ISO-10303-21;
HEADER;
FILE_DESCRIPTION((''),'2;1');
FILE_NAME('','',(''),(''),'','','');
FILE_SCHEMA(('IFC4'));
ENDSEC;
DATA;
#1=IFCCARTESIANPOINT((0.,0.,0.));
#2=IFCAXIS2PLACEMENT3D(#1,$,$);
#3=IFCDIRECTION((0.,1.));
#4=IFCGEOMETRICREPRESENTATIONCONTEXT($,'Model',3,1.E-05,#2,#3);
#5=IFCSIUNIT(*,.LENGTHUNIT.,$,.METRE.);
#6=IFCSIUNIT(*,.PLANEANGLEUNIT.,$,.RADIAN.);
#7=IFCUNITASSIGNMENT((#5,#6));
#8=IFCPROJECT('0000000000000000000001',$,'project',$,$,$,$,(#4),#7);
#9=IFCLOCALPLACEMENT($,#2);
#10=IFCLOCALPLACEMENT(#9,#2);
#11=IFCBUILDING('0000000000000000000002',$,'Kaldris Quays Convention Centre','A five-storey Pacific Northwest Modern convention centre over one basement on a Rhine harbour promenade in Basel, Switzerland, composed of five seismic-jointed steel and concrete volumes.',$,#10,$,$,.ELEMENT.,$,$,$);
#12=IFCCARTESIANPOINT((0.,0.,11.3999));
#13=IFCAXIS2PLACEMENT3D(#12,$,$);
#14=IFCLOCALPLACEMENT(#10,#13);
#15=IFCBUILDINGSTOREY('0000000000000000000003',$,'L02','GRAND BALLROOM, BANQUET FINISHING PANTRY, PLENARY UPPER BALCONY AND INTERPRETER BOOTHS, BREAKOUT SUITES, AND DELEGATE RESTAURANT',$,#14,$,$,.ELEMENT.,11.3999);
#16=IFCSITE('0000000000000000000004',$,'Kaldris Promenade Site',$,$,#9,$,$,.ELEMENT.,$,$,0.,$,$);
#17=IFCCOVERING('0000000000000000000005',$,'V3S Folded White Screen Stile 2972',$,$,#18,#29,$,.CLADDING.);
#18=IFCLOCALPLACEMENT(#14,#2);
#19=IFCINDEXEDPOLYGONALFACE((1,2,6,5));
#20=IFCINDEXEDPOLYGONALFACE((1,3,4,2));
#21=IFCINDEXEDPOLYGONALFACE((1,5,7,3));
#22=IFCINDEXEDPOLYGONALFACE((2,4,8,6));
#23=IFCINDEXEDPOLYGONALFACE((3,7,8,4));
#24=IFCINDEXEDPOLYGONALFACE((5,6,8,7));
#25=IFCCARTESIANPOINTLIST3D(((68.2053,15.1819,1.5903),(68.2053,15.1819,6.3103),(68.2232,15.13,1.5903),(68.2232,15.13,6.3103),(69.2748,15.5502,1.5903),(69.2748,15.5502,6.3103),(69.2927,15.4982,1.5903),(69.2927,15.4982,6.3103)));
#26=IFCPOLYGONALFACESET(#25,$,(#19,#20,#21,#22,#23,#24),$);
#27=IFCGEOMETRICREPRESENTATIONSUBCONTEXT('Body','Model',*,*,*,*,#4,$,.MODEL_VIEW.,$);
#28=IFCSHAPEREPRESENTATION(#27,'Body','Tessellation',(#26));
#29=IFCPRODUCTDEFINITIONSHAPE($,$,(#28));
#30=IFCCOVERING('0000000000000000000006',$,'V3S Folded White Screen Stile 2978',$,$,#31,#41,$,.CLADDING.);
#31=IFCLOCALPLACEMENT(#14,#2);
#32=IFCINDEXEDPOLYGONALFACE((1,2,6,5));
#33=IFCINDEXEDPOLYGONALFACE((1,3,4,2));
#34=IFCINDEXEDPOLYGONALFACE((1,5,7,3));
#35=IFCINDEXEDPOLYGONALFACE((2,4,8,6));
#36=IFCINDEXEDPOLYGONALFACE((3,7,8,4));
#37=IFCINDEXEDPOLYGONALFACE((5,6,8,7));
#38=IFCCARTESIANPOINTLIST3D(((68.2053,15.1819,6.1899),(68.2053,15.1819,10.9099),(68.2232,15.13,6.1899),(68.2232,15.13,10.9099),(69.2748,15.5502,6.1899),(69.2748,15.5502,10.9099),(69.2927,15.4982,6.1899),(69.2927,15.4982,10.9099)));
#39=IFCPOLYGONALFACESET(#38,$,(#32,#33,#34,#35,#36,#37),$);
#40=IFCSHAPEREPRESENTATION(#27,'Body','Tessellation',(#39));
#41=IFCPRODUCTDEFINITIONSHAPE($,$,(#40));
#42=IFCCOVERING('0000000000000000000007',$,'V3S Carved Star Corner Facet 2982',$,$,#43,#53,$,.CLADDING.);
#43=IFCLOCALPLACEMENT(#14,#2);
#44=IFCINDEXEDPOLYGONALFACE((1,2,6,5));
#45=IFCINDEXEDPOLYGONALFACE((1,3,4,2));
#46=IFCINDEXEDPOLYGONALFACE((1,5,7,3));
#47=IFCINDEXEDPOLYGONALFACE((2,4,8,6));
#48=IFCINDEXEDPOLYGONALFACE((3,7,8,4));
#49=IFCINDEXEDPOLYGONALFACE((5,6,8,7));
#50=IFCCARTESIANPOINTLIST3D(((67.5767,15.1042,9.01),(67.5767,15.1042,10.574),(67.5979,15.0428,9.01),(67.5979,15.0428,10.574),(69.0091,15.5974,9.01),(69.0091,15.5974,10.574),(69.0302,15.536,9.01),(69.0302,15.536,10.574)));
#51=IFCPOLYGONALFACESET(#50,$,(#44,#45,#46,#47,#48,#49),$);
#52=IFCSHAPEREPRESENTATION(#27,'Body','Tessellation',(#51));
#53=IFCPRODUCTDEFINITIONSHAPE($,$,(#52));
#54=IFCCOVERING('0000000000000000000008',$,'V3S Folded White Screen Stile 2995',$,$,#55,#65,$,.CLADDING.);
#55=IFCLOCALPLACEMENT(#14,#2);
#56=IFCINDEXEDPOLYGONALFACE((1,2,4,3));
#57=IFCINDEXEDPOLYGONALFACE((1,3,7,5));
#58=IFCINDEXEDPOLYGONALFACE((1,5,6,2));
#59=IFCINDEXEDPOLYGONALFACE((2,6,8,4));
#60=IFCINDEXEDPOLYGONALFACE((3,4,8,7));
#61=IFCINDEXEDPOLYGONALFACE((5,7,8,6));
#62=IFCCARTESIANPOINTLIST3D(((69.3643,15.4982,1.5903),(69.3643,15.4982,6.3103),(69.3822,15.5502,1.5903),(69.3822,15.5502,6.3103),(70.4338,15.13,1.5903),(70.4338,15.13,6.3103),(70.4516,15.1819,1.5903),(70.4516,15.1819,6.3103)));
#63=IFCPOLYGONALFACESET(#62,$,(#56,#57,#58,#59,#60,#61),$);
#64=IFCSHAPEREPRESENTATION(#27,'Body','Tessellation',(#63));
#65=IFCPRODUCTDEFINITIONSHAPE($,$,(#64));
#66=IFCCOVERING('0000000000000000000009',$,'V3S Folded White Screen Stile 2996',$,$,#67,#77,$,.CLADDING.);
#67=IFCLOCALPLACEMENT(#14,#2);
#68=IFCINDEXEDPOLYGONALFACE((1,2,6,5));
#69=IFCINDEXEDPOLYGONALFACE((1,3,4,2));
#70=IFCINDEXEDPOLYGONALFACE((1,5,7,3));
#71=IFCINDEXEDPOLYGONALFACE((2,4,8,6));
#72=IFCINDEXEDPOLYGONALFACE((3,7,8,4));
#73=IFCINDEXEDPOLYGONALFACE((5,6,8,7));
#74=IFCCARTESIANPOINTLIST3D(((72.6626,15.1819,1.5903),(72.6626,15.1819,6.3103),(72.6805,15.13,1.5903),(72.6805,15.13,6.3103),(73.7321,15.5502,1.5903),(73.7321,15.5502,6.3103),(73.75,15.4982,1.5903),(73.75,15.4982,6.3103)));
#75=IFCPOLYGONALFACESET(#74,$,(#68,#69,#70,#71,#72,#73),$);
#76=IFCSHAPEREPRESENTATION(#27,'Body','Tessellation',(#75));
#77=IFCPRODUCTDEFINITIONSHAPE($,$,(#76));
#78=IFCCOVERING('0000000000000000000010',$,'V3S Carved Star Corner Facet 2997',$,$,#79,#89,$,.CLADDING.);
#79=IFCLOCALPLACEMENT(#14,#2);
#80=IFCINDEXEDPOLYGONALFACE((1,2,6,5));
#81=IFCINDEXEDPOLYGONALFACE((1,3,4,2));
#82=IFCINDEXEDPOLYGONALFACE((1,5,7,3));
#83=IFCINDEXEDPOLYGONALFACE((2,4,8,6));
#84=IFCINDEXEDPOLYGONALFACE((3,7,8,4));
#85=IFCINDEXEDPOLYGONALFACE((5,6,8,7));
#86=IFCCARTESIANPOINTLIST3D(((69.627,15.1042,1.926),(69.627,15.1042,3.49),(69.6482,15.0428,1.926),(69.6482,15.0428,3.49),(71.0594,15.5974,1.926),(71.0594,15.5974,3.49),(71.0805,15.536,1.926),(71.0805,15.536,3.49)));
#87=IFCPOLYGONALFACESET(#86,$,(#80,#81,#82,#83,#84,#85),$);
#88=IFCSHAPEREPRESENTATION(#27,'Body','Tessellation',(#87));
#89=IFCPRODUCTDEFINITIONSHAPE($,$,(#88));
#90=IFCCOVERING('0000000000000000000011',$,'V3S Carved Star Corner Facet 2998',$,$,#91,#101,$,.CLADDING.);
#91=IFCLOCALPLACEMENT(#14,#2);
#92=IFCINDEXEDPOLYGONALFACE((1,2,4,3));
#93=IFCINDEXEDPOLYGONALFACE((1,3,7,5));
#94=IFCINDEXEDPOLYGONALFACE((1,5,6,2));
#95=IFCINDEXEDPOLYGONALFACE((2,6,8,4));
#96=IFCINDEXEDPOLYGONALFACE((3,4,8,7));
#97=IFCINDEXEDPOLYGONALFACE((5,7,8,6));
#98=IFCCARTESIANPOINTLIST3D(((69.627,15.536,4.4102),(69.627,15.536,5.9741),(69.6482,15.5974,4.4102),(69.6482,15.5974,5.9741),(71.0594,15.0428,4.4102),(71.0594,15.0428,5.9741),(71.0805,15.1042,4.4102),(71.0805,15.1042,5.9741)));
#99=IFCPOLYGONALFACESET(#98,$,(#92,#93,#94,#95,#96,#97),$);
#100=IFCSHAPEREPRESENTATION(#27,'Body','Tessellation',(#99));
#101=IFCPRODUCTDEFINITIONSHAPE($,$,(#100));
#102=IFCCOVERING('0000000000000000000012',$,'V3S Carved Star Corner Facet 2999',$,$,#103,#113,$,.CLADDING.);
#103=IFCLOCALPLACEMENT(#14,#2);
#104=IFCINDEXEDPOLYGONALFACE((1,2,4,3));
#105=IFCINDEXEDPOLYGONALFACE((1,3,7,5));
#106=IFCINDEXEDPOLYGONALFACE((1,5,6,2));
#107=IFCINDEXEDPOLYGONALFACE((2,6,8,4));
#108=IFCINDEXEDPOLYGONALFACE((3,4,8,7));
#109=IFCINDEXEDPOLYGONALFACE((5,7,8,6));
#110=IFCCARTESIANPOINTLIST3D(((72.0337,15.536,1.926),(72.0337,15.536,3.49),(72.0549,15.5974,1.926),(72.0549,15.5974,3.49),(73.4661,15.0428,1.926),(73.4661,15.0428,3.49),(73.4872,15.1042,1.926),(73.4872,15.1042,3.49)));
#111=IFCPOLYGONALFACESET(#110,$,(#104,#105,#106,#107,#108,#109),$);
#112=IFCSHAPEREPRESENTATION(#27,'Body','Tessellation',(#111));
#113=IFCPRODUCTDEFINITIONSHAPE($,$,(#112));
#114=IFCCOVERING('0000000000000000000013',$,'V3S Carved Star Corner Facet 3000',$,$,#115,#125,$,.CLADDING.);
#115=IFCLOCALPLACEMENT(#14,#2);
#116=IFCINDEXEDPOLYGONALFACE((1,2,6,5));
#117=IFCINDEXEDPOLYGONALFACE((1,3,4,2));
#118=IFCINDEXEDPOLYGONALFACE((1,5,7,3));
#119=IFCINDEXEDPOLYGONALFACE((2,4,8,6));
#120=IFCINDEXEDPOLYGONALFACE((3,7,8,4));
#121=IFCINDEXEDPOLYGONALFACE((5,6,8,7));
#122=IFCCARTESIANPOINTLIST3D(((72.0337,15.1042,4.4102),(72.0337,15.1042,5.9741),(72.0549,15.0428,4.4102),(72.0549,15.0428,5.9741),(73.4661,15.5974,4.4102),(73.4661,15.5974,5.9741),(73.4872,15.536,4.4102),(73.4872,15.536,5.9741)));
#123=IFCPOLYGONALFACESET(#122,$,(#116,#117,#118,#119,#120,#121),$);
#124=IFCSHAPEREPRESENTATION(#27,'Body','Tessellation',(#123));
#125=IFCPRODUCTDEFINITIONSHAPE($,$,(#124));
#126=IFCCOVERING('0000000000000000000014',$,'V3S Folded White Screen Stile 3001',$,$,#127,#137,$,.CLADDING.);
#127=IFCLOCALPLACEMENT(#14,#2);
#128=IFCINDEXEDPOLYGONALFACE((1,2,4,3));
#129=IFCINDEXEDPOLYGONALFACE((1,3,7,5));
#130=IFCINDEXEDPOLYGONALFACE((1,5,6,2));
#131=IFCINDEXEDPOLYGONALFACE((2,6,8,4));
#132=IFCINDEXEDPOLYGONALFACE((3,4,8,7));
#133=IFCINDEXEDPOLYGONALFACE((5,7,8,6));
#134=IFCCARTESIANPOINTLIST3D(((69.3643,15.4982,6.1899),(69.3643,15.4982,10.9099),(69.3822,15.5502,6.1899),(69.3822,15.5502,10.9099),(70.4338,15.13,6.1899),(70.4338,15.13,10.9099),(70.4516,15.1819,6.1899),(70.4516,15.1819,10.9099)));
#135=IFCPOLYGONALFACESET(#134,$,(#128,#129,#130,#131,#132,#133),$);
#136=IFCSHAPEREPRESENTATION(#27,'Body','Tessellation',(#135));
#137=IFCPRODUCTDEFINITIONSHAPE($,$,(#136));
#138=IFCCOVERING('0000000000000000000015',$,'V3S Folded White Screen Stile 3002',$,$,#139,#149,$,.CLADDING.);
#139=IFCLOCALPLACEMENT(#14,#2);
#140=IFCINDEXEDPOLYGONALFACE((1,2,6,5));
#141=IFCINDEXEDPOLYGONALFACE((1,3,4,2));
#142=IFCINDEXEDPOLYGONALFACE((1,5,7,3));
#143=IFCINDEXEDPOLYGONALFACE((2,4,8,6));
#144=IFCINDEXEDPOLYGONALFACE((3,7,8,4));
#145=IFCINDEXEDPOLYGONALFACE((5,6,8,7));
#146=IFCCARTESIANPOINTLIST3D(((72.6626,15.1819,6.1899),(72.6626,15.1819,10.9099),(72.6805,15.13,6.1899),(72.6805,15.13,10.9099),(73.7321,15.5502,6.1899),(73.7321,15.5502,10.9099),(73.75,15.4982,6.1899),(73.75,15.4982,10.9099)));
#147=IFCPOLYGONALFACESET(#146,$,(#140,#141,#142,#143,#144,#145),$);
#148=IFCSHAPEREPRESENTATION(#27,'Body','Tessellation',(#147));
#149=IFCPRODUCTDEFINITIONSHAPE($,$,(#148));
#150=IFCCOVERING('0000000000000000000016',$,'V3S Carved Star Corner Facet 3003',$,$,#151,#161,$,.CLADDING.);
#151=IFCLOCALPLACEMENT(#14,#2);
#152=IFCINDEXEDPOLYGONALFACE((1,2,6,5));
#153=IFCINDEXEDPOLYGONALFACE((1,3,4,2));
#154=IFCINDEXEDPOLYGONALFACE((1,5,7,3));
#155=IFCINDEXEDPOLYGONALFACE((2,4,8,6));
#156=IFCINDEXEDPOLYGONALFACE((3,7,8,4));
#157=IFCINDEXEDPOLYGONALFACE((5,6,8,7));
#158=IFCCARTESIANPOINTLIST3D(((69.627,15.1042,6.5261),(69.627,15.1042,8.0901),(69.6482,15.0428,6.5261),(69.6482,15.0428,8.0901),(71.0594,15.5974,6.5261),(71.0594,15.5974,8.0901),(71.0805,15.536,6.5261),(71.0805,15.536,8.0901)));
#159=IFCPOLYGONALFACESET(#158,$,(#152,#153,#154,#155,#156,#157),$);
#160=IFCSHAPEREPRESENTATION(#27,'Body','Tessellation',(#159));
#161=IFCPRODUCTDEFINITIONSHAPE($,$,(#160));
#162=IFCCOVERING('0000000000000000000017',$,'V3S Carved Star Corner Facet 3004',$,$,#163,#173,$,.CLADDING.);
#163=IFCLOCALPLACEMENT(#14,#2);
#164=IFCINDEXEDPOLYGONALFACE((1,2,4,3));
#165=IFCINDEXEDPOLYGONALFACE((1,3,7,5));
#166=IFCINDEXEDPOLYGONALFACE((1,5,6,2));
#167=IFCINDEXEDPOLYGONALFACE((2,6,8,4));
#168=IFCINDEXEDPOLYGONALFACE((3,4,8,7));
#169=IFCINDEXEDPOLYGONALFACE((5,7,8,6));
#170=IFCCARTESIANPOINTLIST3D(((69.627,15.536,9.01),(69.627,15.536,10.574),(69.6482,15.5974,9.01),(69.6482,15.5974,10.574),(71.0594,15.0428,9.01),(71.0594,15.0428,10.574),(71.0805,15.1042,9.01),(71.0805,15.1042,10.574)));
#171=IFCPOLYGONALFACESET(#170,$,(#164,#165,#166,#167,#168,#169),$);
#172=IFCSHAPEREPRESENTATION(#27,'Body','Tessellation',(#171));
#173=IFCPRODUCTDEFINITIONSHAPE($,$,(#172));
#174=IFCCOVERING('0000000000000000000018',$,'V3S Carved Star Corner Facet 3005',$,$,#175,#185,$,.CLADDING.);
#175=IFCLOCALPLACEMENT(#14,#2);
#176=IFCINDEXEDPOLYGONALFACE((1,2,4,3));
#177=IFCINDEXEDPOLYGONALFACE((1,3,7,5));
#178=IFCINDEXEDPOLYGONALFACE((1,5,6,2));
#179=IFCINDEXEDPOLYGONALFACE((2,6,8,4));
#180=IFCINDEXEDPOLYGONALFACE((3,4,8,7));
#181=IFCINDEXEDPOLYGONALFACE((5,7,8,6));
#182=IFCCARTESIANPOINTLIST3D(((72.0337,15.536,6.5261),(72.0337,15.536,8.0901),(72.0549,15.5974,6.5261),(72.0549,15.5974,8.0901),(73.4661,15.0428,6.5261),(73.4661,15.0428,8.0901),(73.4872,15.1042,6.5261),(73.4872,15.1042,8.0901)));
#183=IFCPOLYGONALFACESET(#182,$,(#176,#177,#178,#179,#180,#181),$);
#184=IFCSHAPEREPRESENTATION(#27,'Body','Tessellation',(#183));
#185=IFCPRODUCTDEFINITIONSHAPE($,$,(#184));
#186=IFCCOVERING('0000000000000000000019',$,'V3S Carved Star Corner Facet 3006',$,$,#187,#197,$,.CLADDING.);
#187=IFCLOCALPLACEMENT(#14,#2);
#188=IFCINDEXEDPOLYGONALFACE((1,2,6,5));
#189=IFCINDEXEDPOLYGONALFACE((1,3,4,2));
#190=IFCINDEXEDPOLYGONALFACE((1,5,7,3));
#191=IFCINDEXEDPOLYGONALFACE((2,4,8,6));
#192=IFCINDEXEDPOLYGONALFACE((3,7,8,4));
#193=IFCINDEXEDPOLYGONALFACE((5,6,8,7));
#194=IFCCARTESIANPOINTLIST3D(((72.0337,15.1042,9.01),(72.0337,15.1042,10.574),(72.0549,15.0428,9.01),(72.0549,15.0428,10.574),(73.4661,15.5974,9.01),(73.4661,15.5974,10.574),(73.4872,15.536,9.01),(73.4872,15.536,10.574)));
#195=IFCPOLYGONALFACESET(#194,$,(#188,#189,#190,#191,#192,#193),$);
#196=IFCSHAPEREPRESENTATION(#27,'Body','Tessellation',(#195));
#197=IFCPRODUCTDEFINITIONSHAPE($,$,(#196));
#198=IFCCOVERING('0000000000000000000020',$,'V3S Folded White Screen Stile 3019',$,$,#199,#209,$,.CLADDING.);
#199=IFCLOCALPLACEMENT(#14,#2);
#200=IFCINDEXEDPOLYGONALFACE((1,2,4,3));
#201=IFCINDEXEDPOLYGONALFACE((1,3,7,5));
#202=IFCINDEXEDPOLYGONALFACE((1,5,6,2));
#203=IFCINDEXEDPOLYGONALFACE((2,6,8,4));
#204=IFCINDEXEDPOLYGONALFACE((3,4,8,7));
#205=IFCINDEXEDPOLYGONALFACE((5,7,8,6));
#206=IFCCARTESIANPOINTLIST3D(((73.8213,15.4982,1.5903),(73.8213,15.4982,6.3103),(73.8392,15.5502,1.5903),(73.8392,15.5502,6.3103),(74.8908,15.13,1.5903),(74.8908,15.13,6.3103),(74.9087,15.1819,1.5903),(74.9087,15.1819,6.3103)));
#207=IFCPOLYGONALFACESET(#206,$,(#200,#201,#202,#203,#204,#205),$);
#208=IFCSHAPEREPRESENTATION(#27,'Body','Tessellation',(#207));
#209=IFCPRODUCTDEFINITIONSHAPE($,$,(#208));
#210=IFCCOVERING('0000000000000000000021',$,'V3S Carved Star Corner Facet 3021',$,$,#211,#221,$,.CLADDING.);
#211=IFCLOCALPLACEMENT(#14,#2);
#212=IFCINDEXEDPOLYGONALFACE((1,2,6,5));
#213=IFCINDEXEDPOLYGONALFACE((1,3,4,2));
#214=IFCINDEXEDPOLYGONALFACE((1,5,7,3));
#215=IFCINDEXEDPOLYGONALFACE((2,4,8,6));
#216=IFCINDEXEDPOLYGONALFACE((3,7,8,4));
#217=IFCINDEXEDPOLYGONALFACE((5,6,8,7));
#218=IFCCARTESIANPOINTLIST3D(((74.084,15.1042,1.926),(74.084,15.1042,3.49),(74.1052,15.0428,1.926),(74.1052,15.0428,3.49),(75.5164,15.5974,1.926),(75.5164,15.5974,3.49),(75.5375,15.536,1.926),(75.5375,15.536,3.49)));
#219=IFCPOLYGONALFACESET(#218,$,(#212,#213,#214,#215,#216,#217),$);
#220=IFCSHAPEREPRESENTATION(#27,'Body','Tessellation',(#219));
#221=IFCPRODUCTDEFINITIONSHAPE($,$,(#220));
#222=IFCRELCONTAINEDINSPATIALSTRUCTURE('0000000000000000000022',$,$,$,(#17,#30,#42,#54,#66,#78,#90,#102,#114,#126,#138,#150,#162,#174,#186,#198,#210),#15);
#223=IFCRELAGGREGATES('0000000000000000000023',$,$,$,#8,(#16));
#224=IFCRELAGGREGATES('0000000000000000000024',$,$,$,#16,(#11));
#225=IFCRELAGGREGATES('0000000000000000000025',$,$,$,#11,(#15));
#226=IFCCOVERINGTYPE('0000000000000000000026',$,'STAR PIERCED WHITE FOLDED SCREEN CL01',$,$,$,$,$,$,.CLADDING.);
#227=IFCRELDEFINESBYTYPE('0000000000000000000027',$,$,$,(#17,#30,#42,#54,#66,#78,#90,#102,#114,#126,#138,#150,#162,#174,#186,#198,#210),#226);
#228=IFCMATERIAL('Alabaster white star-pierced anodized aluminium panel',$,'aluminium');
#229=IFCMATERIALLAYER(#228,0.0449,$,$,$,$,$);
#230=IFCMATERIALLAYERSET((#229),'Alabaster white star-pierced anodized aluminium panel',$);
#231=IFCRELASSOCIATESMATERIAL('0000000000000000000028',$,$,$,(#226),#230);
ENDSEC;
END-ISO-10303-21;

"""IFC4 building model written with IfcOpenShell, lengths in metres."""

from ifc_helpers import new_model, si_unit, direction, frame, origin, origin_2d, place, context, subcontext, project, spatial, rectangle, extrude, material, layer, layer_set, type_object, element, save


model = new_model("IFC4")

# Units and contexts
model_context = context("Model", 3, precision=1e-05, world=origin(), true_north=direction((0.0, 1.0)))
body_context = subcontext(model_context, "Body", "Model", "MODEL_VIEW")
ifc_project = project(units=[si_unit("LENGTHUNIT", "METRE"), si_unit("PLANEANGLEUNIT", "RADIAN")], contexts=[model_context])

# Site, building, storey
site_placement = place(None, origin())
site = spatial("IfcSite", under=ifc_project, at=site_placement, Name="Kaldris Promenade Site", CompositionType="ELEMENT", RefElevation=0.0)
building_placement = place(site_placement, origin())
building = spatial("IfcBuilding", under=site, at=building_placement, Name="Kaldris Quays Convention Centre", Description="A five-storey Pacific Northwest Modern convention centre over one basement on a Rhine harbour promenade in Basel, Switzerland, composed of five seismic-jointed steel and concrete volumes.", CompositionType="ELEMENT")
storey_placement = place(building_placement, frame((0.0, 0.0, 11.3999)))
storey = spatial("IfcBuildingStorey", under=building, at=storey_placement, Name="L02", Description="GRAND BALLROOM, BANQUET FINISHING PANTRY, PLENARY UPPER BALCONY AND INTERPRETER BOOTHS, BREAKOUT SUITES, AND DELEGATE RESTAURANT", CompositionType="ELEMENT", Elevation=11.3999)

# Coverings
ifc_material = material(Name="Alabaster white star-pierced anodized aluminium panel", Category="aluminium")
ifc_layer = layer(ifc_material, 0.0449)
ifc_layer_set = layer_set([ifc_layer], Name="Alabaster white star-pierced anodized aluminium panel")
covering_type = type_object("IfcCoveringType", Name="STAR PIERCED WHITE FOLDED SCREEN CL01", PredefinedType="CLADDING", material=ifc_layer_set)
for number, where, z_axis, x_axis, name in (
    (1, (68.749, 15.3401, 1.5903), (0.0, 0.0, 1.0), (0.945519, 0.325568, 0.0), "V3S Folded White Screen Stile 2972"),
    (2, (68.749, 15.3401, 6.1899), (0.0, 0.0, 1.0), (0.945519, 0.325568, 0.0), "V3S Folded White Screen Stile 2978"),
):
    element("IfcCovering", number, at=place(storey_placement, frame(where, z_axis=z_axis, x_axis=x_axis)), inside=storey, type_object=covering_type, Name=name, PredefinedType="CLADDING", context=body_context, shape_type="SweptSolid", body=[
        extrude(rectangle(XDim=1.1311, YDim=0.0549, at=origin_2d()), origin(), (0.0, 0.0, 1.0), 4.72),
    ])
covering_1_placement = place(storey_placement, frame((68.3035, 15.3201, 9.01), z_axis=(0.0, 0.0, 1.0), x_axis=(0.945519, 0.325568, 0.0)))
element("IfcCovering", 3, at=covering_1_placement, inside=storey, type_object=covering_type, Name="V3S Carved Star Corner Facet 2982", PredefinedType="CLADDING", context=body_context, shape_type="SweptSolid", body=[
    extrude(rectangle(XDim=1.5149, YDim=0.0649, at=origin_2d()), origin(), (0.0, 0.0, 1.0), 1.564),
])
for number, where, z_axis, x_axis, name in (
    (4, (69.908, 15.3401, 1.5903), (0.0, 0.0, 1.0), (0.945519, -0.325568, 0.0), "V3S Folded White Screen Stile 2995"),
    (5, (73.2063, 15.3401, 1.5903), (0.0, 0.0, 1.0), (0.945519, 0.325568, 0.0), "V3S Folded White Screen Stile 2996"),
):
    element("IfcCovering", number, at=place(storey_placement, frame(where, z_axis=z_axis, x_axis=x_axis)), inside=storey, type_object=covering_type, Name=name, PredefinedType="CLADDING", context=body_context, shape_type="SweptSolid", body=[
        extrude(rectangle(XDim=1.1311, YDim=0.0549, at=origin_2d()), origin(), (0.0, 0.0, 1.0), 4.72),
    ])
for number, where, z_axis, x_axis, name in (
    (6, (70.3538, 15.3201, 1.926), (0.0, 0.0, 1.0), (0.945519, 0.325568, 0.0), "V3S Carved Star Corner Facet 2997"),
    (7, (70.3538, 15.3201, 4.4102), (0.0, 0.0, 1.0), (0.945519, -0.325568, 0.0), "V3S Carved Star Corner Facet 2998"),
    (8, (72.7605, 15.3201, 1.926), (0.0, 0.0, 1.0), (0.945519, -0.325568, 0.0), "V3S Carved Star Corner Facet 2999"),
    (9, (72.7605, 15.3201, 4.4102), (0.0, 0.0, 1.0), (0.945519, 0.325568, 0.0), "V3S Carved Star Corner Facet 3000"),
):
    element("IfcCovering", number, at=place(storey_placement, frame(where, z_axis=z_axis, x_axis=x_axis)), inside=storey, type_object=covering_type, Name=name, PredefinedType="CLADDING", context=body_context, shape_type="SweptSolid", body=[
        extrude(rectangle(XDim=1.5149, YDim=0.0649, at=origin_2d()), origin(), (0.0, 0.0, 1.0), 1.564),
    ])
for number, where, z_axis, x_axis, name in (
    (10, (69.908, 15.3401, 6.1899), (0.0, 0.0, 1.0), (0.945519, -0.325568, 0.0), "V3S Folded White Screen Stile 3001"),
    (11, (73.2063, 15.3401, 6.1899), (0.0, 0.0, 1.0), (0.945519, 0.325568, 0.0), "V3S Folded White Screen Stile 3002"),
):
    element("IfcCovering", number, at=place(storey_placement, frame(where, z_axis=z_axis, x_axis=x_axis)), inside=storey, type_object=covering_type, Name=name, PredefinedType="CLADDING", context=body_context, shape_type="SweptSolid", body=[
        extrude(rectangle(XDim=1.1311, YDim=0.0549, at=origin_2d()), origin(), (0.0, 0.0, 1.0), 4.72),
    ])
for number, where, z_axis, x_axis, name in (
    (12, (70.3538, 15.3201, 6.5261), (0.0, 0.0, 1.0), (0.945519, 0.325568, 0.0), "V3S Carved Star Corner Facet 3003"),
    (13, (70.3538, 15.3201, 9.01), (0.0, 0.0, 1.0), (0.945519, -0.325568, 0.0), "V3S Carved Star Corner Facet 3004"),
    (14, (72.7605, 15.3201, 6.5261), (0.0, 0.0, 1.0), (0.945519, -0.325568, 0.0), "V3S Carved Star Corner Facet 3005"),
    (15, (72.7605, 15.3201, 9.01), (0.0, 0.0, 1.0), (0.945519, 0.325568, 0.0), "V3S Carved Star Corner Facet 3006"),
):
    element("IfcCovering", number, at=place(storey_placement, frame(where, z_axis=z_axis, x_axis=x_axis)), inside=storey, type_object=covering_type, Name=name, PredefinedType="CLADDING", context=body_context, shape_type="SweptSolid", body=[
        extrude(rectangle(XDim=1.5149, YDim=0.0649, at=origin_2d()), origin(), (0.0, 0.0, 1.0), 1.564),
    ])
covering_2_placement = place(storey_placement, frame((74.365, 15.3401, 1.5903), z_axis=(0.0, 0.0, 1.0), x_axis=(0.945519, -0.325568, 0.0)))
element("IfcCovering", 16, at=covering_2_placement, inside=storey, type_object=covering_type, Name="V3S Folded White Screen Stile 3019", PredefinedType="CLADDING", context=body_context, shape_type="SweptSolid", body=[
    extrude(rectangle(XDim=1.1311, YDim=0.0549, at=origin_2d()), origin(), (0.0, 0.0, 1.0), 4.72),
])
for number, where, z_axis, x_axis, name in (
    (17, (74.8108, 15.3201, 1.926), (0.0, 0.0, 1.0), (0.945519, 0.325568, 0.0), "V3S Carved Star Corner Facet 3021"),
):
    element("IfcCovering", number, at=place(storey_placement, frame(where, z_axis=z_axis, x_axis=x_axis)), inside=storey, type_object=covering_type, Name=name, PredefinedType="CLADDING", context=body_context, shape_type="SweptSolid", body=[
        extrude(rectangle(XDim=1.5149, YDim=0.0649, at=origin_2d()), origin(), (0.0, 0.0, 1.0), 1.564),
    ])

save(model, "model.ifc")
